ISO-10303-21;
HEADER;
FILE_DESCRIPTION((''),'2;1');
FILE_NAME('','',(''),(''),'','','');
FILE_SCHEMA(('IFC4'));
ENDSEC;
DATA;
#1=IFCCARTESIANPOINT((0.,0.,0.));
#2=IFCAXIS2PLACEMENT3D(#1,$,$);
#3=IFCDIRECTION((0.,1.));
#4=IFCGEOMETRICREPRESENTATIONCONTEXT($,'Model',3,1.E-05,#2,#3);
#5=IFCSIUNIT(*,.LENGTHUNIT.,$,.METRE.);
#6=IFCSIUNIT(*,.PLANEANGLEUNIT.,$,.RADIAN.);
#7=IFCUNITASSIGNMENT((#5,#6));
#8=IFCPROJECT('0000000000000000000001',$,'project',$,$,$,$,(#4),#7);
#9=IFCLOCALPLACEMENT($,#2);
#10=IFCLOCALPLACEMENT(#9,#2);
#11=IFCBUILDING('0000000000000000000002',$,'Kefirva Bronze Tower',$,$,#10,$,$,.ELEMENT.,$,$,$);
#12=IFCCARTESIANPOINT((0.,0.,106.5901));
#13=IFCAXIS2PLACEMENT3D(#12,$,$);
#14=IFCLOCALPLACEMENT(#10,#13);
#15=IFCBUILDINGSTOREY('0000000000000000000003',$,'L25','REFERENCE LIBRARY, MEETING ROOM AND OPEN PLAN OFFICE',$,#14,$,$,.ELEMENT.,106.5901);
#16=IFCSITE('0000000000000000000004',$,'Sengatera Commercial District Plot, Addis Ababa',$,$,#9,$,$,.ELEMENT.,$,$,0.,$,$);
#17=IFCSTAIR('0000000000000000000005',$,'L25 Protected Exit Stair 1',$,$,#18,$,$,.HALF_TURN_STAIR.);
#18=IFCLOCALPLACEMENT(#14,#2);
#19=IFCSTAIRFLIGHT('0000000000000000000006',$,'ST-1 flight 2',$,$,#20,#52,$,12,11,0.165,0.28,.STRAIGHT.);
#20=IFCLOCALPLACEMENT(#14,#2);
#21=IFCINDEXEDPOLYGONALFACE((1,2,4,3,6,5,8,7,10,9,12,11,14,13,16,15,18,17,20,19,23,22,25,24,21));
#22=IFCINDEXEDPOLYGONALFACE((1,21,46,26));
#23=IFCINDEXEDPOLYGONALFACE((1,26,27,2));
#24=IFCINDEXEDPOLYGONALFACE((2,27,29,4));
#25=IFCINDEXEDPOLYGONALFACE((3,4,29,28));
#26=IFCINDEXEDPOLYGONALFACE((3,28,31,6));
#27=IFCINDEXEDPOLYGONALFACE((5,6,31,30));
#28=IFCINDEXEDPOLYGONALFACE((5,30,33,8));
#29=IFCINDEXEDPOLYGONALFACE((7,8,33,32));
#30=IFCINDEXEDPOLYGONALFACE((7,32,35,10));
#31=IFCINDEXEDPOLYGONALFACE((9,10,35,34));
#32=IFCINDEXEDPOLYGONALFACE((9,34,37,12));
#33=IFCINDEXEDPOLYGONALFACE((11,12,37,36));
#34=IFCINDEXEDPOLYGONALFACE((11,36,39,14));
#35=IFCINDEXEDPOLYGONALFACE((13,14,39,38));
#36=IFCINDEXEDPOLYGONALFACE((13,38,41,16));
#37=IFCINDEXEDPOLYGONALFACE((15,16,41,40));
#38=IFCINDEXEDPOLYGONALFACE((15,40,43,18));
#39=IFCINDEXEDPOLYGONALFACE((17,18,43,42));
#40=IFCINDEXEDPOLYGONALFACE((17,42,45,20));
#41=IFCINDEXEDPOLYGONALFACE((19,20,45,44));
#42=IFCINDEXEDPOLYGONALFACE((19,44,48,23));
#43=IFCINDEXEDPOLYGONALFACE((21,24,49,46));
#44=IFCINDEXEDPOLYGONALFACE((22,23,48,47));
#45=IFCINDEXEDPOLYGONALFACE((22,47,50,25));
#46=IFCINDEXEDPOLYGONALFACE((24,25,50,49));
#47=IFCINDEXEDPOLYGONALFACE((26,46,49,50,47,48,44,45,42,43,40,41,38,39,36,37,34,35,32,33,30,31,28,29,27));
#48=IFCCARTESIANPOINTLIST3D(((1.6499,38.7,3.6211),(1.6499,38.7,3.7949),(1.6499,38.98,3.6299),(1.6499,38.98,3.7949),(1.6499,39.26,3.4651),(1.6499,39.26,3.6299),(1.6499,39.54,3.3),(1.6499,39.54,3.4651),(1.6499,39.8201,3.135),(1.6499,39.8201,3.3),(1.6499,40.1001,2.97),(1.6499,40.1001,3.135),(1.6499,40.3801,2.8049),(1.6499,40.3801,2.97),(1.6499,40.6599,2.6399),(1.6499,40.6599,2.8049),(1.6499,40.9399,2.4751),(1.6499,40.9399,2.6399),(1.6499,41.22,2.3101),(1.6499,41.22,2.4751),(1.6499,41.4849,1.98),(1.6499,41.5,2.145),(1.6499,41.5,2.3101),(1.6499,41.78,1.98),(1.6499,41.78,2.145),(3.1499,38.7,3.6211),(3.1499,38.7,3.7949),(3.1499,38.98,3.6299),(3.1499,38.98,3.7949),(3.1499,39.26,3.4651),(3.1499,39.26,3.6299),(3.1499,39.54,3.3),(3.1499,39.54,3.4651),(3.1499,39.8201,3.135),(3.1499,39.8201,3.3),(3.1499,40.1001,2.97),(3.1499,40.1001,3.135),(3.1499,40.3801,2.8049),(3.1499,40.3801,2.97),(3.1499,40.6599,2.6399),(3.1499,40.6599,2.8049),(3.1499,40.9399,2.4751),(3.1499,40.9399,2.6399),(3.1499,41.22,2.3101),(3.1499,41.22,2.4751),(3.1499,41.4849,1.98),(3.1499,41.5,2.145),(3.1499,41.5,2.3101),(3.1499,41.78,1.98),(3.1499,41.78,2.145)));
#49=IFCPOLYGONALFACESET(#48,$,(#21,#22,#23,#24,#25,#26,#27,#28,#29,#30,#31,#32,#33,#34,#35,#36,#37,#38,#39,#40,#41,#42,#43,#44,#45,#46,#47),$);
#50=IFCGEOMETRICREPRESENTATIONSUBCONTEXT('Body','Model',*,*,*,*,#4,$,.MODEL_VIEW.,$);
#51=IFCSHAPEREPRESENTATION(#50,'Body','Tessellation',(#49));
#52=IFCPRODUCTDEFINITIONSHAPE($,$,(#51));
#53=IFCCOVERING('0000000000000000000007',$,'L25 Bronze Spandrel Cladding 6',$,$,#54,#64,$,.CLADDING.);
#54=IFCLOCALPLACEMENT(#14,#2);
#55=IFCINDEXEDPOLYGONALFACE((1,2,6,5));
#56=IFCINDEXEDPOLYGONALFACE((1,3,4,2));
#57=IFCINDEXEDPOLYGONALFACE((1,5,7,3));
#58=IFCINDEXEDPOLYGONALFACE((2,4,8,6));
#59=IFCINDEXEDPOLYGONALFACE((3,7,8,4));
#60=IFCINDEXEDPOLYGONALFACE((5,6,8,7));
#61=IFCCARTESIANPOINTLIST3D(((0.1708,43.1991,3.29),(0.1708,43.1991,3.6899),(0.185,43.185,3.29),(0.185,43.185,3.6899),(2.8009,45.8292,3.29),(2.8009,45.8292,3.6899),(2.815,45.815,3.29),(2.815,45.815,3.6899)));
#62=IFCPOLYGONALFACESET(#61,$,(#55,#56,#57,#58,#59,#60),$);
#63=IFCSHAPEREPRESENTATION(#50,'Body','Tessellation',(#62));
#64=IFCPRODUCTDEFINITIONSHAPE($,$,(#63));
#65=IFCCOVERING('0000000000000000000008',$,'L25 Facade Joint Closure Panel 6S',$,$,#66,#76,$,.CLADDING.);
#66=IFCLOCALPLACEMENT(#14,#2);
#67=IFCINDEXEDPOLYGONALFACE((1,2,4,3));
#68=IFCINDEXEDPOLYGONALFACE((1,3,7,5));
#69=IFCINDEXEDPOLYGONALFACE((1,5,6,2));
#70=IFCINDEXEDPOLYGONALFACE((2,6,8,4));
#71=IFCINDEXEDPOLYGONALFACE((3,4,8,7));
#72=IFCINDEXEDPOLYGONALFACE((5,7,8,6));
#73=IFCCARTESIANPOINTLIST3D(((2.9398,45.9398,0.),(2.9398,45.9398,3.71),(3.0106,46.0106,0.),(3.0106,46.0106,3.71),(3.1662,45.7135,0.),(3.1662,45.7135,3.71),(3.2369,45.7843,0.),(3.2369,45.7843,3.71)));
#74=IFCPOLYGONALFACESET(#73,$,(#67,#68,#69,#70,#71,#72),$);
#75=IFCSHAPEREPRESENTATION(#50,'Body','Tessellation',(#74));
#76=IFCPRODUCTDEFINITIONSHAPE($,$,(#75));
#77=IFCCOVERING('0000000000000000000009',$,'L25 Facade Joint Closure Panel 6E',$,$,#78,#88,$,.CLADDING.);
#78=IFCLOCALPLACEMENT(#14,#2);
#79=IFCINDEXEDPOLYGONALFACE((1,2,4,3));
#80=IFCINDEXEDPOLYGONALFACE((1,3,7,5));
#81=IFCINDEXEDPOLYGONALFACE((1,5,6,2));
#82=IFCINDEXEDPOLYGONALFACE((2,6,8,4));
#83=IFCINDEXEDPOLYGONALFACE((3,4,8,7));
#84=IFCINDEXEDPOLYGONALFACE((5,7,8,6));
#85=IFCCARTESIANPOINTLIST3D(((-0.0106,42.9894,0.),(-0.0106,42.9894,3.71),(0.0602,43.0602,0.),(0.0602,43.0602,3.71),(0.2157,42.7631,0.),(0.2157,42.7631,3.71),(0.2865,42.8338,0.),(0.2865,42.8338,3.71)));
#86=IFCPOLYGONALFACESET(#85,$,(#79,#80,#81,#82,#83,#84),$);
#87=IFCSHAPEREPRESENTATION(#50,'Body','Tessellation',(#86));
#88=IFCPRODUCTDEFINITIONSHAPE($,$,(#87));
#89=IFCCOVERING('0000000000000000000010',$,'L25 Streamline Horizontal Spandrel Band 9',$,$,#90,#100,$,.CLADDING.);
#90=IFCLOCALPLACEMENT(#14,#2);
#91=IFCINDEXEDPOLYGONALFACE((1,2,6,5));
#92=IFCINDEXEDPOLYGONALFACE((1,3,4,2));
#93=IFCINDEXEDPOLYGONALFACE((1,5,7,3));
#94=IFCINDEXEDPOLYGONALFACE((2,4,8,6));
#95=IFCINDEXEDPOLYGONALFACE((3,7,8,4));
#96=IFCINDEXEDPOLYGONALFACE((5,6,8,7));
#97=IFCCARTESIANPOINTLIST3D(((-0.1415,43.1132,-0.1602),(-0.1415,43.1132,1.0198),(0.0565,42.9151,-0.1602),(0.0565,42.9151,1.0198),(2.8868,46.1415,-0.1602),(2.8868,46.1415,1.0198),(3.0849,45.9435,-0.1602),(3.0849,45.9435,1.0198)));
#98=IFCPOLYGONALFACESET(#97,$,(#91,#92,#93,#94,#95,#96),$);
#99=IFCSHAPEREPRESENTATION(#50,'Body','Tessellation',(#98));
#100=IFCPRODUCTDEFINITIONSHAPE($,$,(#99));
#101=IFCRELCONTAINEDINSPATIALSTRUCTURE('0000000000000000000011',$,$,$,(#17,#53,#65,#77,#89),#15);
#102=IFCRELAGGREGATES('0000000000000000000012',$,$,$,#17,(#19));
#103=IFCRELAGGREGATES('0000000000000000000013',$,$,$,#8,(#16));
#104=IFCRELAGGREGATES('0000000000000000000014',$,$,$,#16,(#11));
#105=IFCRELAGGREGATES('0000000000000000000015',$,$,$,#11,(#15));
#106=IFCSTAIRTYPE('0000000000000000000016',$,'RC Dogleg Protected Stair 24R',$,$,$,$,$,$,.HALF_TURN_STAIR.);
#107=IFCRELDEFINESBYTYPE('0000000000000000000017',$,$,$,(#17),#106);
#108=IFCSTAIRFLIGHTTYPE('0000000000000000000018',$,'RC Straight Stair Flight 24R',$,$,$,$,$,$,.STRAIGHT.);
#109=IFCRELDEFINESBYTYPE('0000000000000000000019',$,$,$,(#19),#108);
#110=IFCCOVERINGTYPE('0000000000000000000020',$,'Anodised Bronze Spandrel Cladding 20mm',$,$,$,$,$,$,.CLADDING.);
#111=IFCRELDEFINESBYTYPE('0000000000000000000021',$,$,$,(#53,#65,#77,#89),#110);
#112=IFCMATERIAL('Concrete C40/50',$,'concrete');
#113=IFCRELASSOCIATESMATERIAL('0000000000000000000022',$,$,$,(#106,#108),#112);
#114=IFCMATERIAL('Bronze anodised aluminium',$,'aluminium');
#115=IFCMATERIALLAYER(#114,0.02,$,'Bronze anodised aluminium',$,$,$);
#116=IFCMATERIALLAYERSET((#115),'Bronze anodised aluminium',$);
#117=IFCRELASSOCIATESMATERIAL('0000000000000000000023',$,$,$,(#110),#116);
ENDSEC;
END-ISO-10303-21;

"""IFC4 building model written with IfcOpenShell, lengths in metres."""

from ifc_helpers import new_model, si_unit, direction, frame, origin, origin_2d, place, context, subcontext, project, spatial, polyline, rectangle, outline, extrude, material, layer, layer_set, type_object, element, aggregate, save


model = new_model("IFC4")

# Units and contexts
model_context = context("Model", 3, precision=1e-05, world=origin(), true_north=direction((0.0, 1.0)))
body_context = subcontext(model_context, "Body", "Model", "MODEL_VIEW")
ifc_project = project(units=[si_unit("LENGTHUNIT", "METRE"), si_unit("PLANEANGLEUNIT", "RADIAN")], contexts=[model_context])

# Site, building, storey
site_placement = place(None, origin())
site = spatial("IfcSite", under=ifc_project, at=site_placement, Name="Sengatera Commercial District Plot, Addis Ababa", CompositionType="ELEMENT", RefElevation=0.0)
building_placement = place(site_placement, origin())
building = spatial("IfcBuilding", under=site, at=building_placement, Name="Kefirva Bronze Tower", CompositionType="ELEMENT")
storey_placement = place(building_placement, frame((0.0, 0.0, 106.5901)))
storey = spatial("IfcBuildingStorey", under=building, at=storey_placement, Name="L25", Description="REFERENCE LIBRARY, MEETING ROOM AND OPEN PLAN OFFICE", CompositionType="ELEMENT", Elevation=106.5901)

# Shared definitions
ifc_material_1 = material(Name="Bronze anodised aluminium", Category="aluminium")

# Stair, stair flight
ifc_material_2 = material(Name="Concrete C40/50", Category="concrete")
stair_type = type_object("IfcStairType", Name="RC Dogleg Protected Stair 24R", PredefinedType="HALF_TURN_STAIR", material=ifc_material_2)
stair_placement = place(storey_placement, origin())
stair = element("IfcStair", 1, at=stair_placement, inside=storey, type_object=stair_type, Name="L25 Protected Exit Stair 1", PredefinedType="HALF_TURN_STAIR")
stair_flight_type = type_object("IfcStairFlightType", Name="RC Straight Stair Flight 24R", PredefinedType="STRAIGHT", material=ifc_material_2)
stair_flight_1_placement = place(storey_placement, frame((2.3999, 41.78, 1.98), z_axis=(0.0, 0.0, 1.0), x_axis=(0.0, -1.0, 0.0)))
stair_flight_1 = element("IfcStairFlight", 2, at=stair_flight_1_placement, type_object=stair_flight_type, Name="ST-1 flight 2", NumberOfRisers=12, NumberOfTreads=11, PredefinedType="STRAIGHT", RiserHeight=0.165, TreadLength=0.28, context=body_context, shape_type="SweptSolid", body=[
    extrude(outline(polyline([(0.0, 0.0), (0.0, 0.165), (0.28, 0.165), (0.28, 0.3301), (0.5601, 0.3301), (0.5601, 0.4951), (0.8401, 0.4951), (0.8401, 0.6599), (1.1201, 0.6599), (1.1201, 0.825), (1.3999, 0.825), (1.3999, 0.99), (1.6799, 0.99), (1.6799, 1.155), (1.96, 1.155), (1.96, 1.3201), (2.24, 1.3201), (2.24, 1.4851), (2.52, 1.4851), (2.52, 1.6499), (2.8, 1.6499), (2.8, 1.8149), (3.0801, 1.8149), (3.0801, 1.98), (3.0801, 1.6411), (0.2952, 0.0), (0.0, 0.0)])), frame((0.0, 0.75, 0.0), z_axis=(0.0, -1.0, 0.0), x_axis=(1.0, 0.0, 0.0)), (0.0, 0.0, 1.0), 1.5),
])
aggregate(stair, [stair_flight_1])

# Coverings
ifc_layer_1 = layer(ifc_material_1, 0.02, Name="Bronze anodised aluminium")
ifc_layer_set_1 = layer_set([ifc_layer_1], Name="Bronze anodised aluminium")
covering_type_1 = type_object("IfcCoveringType", Name="Anodised Bronze Spandrel Cladding 20mm", PredefinedType="CLADDING", material=ifc_layer_set_1)
covering_1_placement = place(storey_placement, frame((1.4929, 44.5071, 3.29), z_axis=(0.0, 0.0, 1.0), x_axis=(-0.707107, -0.707107, 0.0)))
element("IfcCovering", 3, at=covering_1_placement, inside=storey, type_object=covering_type_1, Name="L25 Bronze Spandrel Cladding 6", PredefinedType="CLADDING", context=body_context, shape_type="SweptSolid", body=[
    extrude(rectangle(XDim=3.7195, YDim=0.02, at=origin_2d()), origin(), (0.0, 0.0, 1.0), 0.3999),
])
for number, where, z_axis, x_axis, name in (
    (4, (3.0884, 45.8621, 0.0), (0.0, 0.0, 1.0), (-0.707107, -0.707107, 0.0), "L25 Facade Joint Closure Panel 6S"),
    (5, (0.1379, 42.9116, 0.0), (0.0, 0.0, 1.0), (-0.707107, -0.707107, 0.0), "L25 Facade Joint Closure Panel 6E"),
):
    element("IfcCovering", number, at=place(storey_placement, frame(where, z_axis=z_axis, x_axis=x_axis)), inside=storey, type_object=covering_type_1, Name=name, PredefinedType="CLADDING", context=body_context, shape_type="SweptSolid", body=[
        extrude(rectangle(XDim=0.1001, YDim=0.3201, at=origin_2d()), origin(), (0.0, 0.0, 1.0), 3.71),
    ])
covering_2_placement = place(storey_placement, frame((1.4717, 44.5283, -0.1602), z_axis=(0.0, 0.0, 1.0), x_axis=(-0.707107, -0.707107, 0.0)))
element("IfcCovering", 6, at=covering_2_placement, inside=storey, type_object=covering_type_1, Name="L25 Streamline Horizontal Spandrel Band 9", PredefinedType="CLADDING", context=body_context, shape_type="SweptSolid", body=[
    extrude(rectangle(XDim=4.2827, YDim=0.28, at=origin_2d()), origin(), (0.0, 0.0, 1.0), 1.1799),
])

save(model, "model.ifc")
